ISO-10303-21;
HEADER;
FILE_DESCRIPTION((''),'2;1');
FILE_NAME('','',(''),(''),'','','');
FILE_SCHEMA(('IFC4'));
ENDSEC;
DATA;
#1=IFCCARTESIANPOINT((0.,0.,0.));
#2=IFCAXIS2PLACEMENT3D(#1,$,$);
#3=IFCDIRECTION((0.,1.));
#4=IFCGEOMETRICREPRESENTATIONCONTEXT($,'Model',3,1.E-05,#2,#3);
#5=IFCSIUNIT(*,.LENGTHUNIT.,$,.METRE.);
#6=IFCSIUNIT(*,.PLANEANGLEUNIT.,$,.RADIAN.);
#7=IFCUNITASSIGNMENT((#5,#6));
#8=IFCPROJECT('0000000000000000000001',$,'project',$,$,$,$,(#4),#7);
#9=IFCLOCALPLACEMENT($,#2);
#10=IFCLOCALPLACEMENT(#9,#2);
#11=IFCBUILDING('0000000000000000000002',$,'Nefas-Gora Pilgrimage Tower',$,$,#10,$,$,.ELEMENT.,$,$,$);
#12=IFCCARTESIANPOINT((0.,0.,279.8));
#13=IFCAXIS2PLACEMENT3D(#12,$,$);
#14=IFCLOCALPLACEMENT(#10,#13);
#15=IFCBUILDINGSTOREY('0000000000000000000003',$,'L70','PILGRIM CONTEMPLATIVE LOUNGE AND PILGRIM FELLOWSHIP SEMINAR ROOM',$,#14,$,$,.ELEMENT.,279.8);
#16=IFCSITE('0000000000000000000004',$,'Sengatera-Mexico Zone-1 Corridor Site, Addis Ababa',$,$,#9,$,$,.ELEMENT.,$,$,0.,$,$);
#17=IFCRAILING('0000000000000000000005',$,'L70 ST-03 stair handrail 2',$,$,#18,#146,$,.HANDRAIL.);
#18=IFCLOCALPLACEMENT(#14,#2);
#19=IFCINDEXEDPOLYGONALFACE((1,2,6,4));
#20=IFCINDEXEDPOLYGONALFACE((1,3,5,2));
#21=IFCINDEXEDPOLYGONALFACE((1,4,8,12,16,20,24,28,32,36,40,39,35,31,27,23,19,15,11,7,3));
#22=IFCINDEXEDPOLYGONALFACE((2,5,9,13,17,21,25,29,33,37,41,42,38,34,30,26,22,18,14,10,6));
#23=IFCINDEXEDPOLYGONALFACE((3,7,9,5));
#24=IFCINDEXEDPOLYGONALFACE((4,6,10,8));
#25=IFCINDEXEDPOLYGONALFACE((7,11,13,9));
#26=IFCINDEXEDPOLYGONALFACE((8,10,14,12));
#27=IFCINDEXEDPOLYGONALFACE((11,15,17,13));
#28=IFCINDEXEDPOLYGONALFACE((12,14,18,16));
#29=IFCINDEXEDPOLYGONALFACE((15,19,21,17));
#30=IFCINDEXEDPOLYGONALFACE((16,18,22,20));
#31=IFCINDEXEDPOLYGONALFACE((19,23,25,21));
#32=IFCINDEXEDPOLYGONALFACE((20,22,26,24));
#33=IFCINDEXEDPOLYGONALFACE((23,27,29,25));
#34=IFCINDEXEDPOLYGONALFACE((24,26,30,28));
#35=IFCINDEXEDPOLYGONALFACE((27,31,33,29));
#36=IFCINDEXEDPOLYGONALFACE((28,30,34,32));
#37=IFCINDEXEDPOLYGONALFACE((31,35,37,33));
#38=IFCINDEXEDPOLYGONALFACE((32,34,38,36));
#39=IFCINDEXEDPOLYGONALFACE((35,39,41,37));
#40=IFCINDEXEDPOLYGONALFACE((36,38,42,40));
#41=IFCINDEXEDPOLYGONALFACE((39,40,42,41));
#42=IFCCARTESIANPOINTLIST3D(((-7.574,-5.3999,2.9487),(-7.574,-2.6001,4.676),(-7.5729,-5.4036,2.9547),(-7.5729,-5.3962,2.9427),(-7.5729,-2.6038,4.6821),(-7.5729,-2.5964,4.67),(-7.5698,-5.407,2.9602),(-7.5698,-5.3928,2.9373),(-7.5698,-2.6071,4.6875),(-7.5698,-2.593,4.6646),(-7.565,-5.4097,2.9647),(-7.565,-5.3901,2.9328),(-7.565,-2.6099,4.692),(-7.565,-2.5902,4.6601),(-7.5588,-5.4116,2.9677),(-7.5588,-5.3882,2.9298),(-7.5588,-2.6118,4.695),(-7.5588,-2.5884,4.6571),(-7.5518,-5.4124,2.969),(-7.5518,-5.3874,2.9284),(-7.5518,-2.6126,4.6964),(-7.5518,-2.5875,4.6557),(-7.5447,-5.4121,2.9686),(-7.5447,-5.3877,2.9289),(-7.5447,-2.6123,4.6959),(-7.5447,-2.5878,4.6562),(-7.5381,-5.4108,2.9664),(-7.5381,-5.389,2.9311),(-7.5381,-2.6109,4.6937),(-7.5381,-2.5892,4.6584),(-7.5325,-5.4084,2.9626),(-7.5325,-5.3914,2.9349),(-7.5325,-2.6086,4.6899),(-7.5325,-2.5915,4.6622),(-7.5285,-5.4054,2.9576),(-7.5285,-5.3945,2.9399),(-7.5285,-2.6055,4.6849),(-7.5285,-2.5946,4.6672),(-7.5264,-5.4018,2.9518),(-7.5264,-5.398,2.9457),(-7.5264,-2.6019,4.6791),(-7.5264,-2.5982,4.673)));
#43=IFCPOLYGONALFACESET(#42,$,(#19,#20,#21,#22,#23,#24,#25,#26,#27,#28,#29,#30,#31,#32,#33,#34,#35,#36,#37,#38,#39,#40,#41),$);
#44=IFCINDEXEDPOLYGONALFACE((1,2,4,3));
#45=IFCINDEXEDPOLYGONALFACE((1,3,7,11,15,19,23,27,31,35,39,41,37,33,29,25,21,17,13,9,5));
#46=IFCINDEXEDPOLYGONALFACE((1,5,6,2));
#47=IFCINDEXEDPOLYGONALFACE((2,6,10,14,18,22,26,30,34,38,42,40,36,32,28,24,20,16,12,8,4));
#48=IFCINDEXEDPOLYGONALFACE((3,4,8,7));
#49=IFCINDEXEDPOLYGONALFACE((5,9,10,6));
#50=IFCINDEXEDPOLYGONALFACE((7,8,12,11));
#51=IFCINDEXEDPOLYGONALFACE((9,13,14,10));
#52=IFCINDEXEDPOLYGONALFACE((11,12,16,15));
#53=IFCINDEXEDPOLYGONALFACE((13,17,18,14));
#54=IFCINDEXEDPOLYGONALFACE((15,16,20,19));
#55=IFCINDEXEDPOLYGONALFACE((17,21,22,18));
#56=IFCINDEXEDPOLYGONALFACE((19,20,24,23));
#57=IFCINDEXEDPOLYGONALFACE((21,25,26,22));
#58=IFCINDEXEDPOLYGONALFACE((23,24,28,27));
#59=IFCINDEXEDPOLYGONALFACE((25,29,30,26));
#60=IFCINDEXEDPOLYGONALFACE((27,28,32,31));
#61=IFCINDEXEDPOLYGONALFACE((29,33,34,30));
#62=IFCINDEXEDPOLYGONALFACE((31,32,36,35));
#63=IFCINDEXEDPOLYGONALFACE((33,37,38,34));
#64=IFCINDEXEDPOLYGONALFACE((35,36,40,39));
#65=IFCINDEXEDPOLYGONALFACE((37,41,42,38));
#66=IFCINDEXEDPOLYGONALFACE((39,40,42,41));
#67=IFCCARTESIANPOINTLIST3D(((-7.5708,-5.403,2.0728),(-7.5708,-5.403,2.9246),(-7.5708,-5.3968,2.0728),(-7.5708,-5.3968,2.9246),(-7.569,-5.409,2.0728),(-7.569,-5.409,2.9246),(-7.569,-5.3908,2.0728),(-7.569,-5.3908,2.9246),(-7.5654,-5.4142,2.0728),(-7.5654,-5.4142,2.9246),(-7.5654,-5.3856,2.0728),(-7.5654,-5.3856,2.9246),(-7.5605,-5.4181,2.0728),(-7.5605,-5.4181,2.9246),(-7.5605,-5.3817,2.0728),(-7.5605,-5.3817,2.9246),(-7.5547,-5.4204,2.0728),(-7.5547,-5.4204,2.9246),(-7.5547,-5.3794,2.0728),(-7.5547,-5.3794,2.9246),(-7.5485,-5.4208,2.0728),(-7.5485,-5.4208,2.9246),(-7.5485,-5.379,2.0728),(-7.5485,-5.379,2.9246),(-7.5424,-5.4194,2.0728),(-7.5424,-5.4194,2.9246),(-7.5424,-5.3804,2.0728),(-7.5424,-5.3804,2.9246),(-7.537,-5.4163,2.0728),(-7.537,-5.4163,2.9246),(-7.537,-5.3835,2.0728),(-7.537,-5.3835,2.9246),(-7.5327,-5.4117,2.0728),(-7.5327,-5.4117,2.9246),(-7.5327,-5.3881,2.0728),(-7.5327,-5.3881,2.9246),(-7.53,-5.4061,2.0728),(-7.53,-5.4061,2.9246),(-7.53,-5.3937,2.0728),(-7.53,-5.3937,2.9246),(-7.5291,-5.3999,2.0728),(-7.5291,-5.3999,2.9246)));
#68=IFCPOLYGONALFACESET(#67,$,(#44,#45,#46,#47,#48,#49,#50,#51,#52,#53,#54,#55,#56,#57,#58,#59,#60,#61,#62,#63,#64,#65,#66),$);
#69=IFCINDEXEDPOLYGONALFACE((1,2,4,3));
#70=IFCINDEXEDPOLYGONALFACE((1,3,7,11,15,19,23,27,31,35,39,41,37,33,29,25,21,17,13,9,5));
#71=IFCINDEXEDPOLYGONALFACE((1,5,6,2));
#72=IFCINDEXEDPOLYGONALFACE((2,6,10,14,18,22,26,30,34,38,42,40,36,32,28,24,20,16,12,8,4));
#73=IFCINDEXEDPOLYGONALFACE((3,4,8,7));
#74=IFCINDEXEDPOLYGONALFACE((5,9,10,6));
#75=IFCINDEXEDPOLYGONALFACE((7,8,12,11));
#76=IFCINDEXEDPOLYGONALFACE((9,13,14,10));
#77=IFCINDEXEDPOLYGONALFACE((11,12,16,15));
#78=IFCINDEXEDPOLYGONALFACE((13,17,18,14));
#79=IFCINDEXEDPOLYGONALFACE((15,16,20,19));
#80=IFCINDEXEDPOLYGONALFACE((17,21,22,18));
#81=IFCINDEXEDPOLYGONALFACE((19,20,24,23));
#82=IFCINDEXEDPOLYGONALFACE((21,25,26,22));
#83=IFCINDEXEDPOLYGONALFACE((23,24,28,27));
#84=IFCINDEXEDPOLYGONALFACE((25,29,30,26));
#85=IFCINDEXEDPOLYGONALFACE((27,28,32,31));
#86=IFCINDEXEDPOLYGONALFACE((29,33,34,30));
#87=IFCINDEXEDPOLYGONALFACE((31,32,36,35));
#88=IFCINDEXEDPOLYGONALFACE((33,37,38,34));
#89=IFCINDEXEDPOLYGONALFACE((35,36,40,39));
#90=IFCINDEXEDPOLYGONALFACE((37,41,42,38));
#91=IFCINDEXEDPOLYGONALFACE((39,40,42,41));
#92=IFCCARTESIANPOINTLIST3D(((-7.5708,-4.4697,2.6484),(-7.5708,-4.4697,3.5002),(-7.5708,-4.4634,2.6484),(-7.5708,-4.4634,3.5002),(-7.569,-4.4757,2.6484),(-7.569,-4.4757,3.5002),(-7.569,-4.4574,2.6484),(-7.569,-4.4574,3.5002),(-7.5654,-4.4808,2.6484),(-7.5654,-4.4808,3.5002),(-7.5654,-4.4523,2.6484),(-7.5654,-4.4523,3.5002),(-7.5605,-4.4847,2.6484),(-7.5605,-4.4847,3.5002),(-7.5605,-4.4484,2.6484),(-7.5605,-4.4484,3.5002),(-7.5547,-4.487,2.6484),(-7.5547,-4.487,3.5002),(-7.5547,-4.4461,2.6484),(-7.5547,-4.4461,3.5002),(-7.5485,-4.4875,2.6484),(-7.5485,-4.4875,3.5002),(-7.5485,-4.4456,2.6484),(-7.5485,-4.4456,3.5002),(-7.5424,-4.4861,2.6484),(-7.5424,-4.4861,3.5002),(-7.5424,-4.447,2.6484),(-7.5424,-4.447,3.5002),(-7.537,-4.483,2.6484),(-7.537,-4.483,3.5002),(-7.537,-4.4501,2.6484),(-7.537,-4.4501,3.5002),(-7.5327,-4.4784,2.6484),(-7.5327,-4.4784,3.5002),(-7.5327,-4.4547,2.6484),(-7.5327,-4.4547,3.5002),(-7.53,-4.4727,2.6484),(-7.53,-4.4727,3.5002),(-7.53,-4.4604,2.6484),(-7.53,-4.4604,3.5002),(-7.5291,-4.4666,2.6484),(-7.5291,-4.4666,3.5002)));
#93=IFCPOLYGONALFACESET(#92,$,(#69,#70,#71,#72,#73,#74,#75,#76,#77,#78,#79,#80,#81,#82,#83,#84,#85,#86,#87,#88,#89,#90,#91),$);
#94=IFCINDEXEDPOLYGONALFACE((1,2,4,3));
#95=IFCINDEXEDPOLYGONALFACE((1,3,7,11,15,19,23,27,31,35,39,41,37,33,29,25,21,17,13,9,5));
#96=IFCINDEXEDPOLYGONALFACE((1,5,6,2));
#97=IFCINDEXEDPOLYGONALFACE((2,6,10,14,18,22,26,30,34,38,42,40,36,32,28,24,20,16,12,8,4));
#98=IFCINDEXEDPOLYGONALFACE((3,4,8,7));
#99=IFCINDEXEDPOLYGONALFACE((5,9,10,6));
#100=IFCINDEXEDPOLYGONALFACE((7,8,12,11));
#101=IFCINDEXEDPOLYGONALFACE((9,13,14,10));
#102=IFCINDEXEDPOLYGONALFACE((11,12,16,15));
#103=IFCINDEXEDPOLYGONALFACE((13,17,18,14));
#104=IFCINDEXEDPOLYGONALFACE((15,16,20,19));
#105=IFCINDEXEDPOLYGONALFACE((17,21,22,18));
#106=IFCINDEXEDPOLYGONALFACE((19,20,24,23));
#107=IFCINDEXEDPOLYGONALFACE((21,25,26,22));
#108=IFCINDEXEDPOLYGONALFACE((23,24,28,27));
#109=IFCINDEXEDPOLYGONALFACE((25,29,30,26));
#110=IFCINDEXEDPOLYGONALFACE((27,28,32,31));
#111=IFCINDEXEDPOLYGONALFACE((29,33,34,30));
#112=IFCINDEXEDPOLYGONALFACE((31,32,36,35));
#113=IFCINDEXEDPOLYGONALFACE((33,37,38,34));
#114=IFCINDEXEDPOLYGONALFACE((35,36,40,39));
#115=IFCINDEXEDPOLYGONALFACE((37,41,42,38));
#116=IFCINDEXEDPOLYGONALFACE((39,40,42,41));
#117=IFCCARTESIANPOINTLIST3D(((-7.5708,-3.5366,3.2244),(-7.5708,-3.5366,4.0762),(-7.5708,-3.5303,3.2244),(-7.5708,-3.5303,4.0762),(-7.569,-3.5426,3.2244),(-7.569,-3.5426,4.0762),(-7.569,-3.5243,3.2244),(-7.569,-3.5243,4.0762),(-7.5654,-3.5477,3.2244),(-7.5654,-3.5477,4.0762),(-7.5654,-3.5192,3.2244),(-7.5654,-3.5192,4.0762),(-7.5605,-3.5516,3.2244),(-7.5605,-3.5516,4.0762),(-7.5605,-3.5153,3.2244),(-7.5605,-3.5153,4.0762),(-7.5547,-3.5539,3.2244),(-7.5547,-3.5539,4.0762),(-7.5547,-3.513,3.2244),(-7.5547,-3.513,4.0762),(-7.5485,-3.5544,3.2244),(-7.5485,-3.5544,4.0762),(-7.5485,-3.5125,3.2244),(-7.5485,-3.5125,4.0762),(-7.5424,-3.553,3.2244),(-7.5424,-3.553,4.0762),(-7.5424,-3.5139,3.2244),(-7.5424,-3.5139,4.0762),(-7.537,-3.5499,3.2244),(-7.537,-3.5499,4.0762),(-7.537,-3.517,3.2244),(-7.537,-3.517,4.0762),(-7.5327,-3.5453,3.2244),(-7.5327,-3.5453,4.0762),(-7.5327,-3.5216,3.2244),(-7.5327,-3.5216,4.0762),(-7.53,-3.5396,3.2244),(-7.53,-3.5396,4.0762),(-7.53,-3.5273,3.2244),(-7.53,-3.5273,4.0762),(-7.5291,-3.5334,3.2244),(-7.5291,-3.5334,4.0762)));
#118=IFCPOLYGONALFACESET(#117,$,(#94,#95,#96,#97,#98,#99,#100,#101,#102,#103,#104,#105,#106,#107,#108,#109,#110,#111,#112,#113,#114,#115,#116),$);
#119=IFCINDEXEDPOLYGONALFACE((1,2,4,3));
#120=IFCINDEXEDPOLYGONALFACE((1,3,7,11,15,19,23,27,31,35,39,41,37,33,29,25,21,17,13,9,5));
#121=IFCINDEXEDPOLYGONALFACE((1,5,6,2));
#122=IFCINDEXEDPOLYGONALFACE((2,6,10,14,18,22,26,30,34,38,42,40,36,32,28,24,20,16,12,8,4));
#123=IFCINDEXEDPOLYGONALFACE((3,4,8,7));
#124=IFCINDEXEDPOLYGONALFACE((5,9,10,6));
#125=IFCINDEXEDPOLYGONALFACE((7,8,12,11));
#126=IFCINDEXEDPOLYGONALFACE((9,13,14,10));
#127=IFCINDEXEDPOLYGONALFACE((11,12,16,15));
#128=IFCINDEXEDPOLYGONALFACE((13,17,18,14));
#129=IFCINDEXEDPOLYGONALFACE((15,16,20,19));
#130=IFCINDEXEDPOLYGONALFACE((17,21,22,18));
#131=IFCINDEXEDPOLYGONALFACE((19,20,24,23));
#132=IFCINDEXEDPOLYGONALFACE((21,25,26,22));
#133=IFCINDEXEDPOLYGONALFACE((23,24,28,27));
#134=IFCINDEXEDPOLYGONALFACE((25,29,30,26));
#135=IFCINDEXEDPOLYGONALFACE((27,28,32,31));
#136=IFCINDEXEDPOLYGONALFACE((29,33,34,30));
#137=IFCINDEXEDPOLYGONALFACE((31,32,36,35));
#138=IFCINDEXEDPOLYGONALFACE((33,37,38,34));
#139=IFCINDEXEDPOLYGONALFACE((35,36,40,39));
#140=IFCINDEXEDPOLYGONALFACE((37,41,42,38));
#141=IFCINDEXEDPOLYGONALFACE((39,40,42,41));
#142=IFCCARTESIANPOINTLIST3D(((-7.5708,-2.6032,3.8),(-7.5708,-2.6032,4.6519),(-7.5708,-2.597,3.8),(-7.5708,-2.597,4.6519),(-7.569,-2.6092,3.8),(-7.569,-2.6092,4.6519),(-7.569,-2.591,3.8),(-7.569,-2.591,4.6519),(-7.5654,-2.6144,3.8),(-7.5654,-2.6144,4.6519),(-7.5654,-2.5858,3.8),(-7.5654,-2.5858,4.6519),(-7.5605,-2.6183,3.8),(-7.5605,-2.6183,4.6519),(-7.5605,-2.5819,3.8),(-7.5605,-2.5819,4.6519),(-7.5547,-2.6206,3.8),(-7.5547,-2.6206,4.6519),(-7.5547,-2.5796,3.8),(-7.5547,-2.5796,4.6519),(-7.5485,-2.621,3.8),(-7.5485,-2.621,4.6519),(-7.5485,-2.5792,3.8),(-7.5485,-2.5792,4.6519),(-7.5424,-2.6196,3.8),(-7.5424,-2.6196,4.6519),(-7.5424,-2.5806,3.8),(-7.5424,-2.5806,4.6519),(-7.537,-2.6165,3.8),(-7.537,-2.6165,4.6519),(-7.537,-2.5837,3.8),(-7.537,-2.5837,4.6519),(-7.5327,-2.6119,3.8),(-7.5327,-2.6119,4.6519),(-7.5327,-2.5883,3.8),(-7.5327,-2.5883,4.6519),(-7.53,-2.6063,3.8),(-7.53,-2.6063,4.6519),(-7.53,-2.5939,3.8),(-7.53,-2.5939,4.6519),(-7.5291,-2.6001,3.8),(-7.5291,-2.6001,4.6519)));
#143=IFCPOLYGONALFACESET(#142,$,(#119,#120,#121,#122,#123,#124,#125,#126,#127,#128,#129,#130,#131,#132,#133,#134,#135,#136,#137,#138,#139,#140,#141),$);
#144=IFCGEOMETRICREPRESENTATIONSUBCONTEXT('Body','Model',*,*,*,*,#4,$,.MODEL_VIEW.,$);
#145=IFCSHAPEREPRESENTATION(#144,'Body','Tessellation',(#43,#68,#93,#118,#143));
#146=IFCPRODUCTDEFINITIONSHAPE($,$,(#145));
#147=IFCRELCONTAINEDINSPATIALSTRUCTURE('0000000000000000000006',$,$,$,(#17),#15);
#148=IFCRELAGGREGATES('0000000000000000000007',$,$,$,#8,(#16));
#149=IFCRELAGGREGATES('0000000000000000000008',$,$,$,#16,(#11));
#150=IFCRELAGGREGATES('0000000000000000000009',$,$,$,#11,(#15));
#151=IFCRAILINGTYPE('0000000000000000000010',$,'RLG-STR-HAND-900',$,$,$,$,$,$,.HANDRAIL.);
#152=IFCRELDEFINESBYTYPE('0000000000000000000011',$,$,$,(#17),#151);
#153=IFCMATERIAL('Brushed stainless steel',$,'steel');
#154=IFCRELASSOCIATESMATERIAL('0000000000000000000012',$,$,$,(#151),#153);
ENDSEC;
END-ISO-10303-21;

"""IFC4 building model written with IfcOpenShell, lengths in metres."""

from ifc_helpers import new_model, si_unit, direction, frame, origin, origin_2d, place, context, subcontext, project, spatial, circle, extrude, material, type_object, element, save


model = new_model("IFC4")

# Units and contexts
model_context = context("Model", 3, precision=1e-05, world=origin(), true_north=direction((0.0, 1.0)))
body_context = subcontext(model_context, "Body", "Model", "MODEL_VIEW")
ifc_project = project(units=[si_unit("LENGTHUNIT", "METRE"), si_unit("PLANEANGLEUNIT", "RADIAN")], contexts=[model_context])

# Site, building, storey
site_placement = place(None, origin())
site = spatial("IfcSite", under=ifc_project, at=site_placement, Name="Sengatera-Mexico Zone-1 Corridor Site, Addis Ababa", CompositionType="ELEMENT", RefElevation=0.0)
building_placement = place(site_placement, origin())
building = spatial("IfcBuilding", under=site, at=building_placement, Name="Nefas-Gora Pilgrimage Tower", CompositionType="ELEMENT")
storey_placement = place(building_placement, frame((0.0, 0.0, 279.8)))
storey = spatial("IfcBuildingStorey", under=building, at=storey_placement, Name="L70", Description="PILGRIM CONTEMPLATIVE LOUNGE AND PILGRIM FELLOWSHIP SEMINAR ROOM", CompositionType="ELEMENT", Elevation=279.8)

# Railing
ifc_material_1 = material(Name="Brushed stainless steel", Category="steel")
railing_type_1 = type_object("IfcRailingType", Name="RLG-STR-HAND-900", PredefinedType="HANDRAIL", material=ifc_material_1)
railing_1_placement = place(storey_placement, frame((-7.55, -5.3999, 2.0728)))
element("IfcRailing", 1, at=railing_1_placement, inside=storey, type_object=railing_type_1, Name="L70 ST-03 stair handrail 2", PredefinedType="HANDRAIL", context=body_context, shape_type="SweptSolid", body=[
    extrude(circle(Radius=0.0239, at=origin_2d()), frame((0.0, 0.0, 0.876), z_axis=(0.0, 0.851069, 0.525054), x_axis=(-1.0, 0.0, 0.0)), (0.0, 0.0, 1.0), 3.2898),
    extrude(circle(Radius=0.021, at=origin_2d()), origin(), (0.0, 0.0, 1.0), 0.8518),
    extrude(circle(Radius=0.021, at=origin_2d()), frame((0.0, 0.9333, 0.5757)), (0.0, 0.0, 1.0), 0.8518),
    extrude(circle(Radius=0.021, at=origin_2d()), frame((0.0, 1.8665, 1.1516)), (0.0, 0.0, 1.0), 0.8518),
    extrude(circle(Radius=0.021, at=origin_2d()), frame((0.0, 2.7998, 1.7273)), (0.0, 0.0, 1.0), 0.8518),
])

save(model, "model.ifc")
